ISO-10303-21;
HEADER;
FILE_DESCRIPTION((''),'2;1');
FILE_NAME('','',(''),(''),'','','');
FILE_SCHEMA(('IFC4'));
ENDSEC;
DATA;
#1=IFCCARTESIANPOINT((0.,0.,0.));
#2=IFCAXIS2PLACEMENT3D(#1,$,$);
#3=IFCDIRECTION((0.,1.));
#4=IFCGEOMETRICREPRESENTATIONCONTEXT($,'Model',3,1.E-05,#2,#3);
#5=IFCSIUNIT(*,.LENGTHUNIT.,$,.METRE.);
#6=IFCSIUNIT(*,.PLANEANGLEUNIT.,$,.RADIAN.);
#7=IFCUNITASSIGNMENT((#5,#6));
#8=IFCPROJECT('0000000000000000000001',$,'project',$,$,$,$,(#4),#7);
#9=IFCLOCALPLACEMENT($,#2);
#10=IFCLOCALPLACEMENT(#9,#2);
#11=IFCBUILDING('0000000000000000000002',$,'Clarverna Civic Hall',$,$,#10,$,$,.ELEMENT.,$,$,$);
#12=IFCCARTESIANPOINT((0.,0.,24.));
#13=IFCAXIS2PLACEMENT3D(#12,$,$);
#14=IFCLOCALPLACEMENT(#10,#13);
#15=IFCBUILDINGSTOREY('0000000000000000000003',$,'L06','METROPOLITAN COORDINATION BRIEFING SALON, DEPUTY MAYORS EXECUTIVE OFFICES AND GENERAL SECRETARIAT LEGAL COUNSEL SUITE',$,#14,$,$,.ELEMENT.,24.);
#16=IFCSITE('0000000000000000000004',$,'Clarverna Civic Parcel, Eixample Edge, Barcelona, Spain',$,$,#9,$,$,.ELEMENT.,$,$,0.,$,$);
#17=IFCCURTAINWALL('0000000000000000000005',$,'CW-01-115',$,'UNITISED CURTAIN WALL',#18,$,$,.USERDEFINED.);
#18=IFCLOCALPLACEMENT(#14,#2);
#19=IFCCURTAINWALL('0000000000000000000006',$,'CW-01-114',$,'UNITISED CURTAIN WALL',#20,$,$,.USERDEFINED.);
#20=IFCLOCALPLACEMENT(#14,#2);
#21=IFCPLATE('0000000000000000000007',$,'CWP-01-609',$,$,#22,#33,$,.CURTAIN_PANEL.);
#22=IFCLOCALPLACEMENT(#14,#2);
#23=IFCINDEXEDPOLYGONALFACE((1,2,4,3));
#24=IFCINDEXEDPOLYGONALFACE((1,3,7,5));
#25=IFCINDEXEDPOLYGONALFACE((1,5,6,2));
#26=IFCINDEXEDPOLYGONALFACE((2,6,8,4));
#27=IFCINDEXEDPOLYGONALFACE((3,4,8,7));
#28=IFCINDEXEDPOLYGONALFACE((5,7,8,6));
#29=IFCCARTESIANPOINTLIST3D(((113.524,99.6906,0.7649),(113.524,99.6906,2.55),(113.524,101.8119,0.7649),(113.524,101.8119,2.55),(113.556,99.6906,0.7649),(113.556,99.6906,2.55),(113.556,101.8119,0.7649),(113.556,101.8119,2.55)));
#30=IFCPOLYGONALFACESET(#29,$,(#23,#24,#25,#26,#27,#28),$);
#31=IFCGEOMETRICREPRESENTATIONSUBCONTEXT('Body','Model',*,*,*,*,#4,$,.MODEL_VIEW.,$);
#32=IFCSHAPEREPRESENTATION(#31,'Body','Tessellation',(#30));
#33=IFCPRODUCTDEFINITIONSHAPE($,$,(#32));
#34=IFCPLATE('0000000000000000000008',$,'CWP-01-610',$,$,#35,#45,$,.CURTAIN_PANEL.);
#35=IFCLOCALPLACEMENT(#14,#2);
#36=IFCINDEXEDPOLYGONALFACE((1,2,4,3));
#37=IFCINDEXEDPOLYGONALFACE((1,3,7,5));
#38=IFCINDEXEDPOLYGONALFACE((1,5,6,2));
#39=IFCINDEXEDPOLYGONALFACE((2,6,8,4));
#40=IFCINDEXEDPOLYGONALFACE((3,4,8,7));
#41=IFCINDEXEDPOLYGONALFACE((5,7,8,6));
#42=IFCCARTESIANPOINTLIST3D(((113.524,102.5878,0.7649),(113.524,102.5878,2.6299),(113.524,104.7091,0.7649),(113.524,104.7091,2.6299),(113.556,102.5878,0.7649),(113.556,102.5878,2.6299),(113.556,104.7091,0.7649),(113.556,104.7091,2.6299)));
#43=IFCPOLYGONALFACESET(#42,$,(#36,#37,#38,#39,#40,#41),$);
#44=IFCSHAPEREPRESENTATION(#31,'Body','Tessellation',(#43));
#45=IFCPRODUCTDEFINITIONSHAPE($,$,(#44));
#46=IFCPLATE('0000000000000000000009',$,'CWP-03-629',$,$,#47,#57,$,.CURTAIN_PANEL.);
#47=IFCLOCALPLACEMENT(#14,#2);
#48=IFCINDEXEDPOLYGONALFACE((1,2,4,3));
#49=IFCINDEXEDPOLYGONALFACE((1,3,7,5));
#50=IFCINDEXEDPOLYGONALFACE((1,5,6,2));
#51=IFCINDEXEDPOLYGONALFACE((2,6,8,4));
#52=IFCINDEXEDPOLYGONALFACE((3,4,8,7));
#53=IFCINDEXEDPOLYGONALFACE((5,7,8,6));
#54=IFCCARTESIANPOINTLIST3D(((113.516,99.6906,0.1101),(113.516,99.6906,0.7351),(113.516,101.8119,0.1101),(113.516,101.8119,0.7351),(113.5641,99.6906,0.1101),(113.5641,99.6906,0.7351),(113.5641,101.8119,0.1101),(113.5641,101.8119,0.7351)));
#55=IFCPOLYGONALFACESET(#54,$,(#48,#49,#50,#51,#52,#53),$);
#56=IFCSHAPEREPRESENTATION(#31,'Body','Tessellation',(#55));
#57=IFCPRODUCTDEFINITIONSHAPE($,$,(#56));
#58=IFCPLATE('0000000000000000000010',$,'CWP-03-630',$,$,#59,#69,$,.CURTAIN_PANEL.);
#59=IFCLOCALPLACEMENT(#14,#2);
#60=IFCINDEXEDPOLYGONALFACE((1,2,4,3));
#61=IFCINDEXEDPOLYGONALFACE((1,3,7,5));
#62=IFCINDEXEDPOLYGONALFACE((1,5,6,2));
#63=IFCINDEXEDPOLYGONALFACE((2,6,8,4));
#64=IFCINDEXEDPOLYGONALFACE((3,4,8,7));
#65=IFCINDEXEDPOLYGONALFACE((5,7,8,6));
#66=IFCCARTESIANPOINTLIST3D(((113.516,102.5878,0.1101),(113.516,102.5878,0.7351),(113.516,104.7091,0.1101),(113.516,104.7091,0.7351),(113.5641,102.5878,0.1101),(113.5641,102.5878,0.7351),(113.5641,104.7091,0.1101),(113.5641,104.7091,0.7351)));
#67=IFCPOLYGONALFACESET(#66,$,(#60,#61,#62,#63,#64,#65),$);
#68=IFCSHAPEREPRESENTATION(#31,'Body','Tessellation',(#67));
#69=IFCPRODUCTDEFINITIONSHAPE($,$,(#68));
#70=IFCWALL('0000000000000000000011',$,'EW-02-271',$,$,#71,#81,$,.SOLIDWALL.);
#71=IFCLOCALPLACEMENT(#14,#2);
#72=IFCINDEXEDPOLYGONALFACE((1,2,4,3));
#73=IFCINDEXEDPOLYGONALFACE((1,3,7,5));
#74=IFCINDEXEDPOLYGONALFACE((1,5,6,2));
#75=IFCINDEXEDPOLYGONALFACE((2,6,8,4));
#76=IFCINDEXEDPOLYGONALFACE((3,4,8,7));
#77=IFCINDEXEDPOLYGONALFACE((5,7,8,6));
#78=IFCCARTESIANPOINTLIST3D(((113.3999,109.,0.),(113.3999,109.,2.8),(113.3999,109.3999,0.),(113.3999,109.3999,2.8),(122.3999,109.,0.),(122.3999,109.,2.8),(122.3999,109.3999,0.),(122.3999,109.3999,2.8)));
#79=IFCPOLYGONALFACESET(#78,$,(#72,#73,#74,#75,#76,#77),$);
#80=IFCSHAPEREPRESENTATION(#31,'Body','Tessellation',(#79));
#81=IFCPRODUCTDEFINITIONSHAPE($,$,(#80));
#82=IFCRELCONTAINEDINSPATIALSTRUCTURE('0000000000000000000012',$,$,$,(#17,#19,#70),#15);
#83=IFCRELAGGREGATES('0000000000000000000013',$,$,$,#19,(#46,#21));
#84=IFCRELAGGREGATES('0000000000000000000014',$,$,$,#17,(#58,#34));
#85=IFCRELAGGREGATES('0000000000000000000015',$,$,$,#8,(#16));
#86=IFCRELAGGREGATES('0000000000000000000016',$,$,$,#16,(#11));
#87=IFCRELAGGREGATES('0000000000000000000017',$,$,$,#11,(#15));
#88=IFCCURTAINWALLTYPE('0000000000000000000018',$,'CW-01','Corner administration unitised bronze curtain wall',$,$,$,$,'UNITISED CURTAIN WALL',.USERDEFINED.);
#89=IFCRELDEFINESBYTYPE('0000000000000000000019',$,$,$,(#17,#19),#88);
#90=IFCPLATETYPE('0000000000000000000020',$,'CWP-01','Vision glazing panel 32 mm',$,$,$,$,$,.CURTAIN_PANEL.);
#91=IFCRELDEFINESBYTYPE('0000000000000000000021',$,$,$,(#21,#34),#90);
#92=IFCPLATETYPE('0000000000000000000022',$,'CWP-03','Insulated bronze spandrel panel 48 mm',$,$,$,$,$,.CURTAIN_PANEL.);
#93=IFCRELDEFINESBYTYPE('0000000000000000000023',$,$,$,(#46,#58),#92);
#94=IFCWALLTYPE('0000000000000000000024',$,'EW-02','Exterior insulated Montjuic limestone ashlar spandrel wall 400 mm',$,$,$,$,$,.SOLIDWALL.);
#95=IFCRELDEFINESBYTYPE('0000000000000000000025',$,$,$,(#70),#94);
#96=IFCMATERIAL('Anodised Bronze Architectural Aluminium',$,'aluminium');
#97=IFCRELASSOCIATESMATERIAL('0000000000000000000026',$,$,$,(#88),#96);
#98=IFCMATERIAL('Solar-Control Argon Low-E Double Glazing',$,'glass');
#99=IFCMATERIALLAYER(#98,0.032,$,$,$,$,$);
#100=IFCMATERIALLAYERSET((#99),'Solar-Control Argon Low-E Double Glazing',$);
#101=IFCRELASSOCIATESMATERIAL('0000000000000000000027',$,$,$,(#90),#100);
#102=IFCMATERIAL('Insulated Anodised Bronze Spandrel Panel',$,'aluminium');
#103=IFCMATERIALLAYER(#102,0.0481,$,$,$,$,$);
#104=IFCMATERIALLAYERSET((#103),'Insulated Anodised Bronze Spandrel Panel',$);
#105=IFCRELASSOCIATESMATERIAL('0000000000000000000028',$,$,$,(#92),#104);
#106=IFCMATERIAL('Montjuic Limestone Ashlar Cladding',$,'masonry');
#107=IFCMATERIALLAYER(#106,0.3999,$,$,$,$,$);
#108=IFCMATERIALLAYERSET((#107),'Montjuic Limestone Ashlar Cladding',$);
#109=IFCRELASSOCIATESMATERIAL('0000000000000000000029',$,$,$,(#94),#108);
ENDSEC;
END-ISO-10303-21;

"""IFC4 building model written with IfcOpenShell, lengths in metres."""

from ifc_helpers import new_model, si_unit, direction, frame, frame_2d, origin, place, context, subcontext, project, spatial, rectangle, extrude, material, layer, layer_set, type_object, element, aggregate, save


model = new_model("IFC4")

# Units and contexts
model_context = context("Model", 3, precision=1e-05, world=origin(), true_north=direction((0.0, 1.0)))
body_context = subcontext(model_context, "Body", "Model", "MODEL_VIEW")
ifc_project = project(units=[si_unit("LENGTHUNIT", "METRE"), si_unit("PLANEANGLEUNIT", "RADIAN")], contexts=[model_context])

# Site, building, storey
site_placement = place(None, origin())
site = spatial("IfcSite", under=ifc_project, at=site_placement, Name="Clarverna Civic Parcel, Eixample Edge, Barcelona, Spain", CompositionType="ELEMENT", RefElevation=0.0)
building_placement = place(site_placement, origin())
building = spatial("IfcBuilding", under=site, at=building_placement, Name="Clarverna Civic Hall", CompositionType="ELEMENT")
storey_placement = place(building_placement, frame((0.0, 0.0, 24.0)))
storey = spatial("IfcBuildingStorey", under=building, at=storey_placement, Name="L06", Description="METROPOLITAN COORDINATION BRIEFING SALON, DEPUTY MAYORS EXECUTIVE OFFICES AND GENERAL SECRETARIAT LEGAL COUNSEL SUITE", CompositionType="ELEMENT", Elevation=24.0)

# Curtain wall
ifc_material_1 = material(Name="Anodised Bronze Architectural Aluminium", Category="aluminium")
curtain_wall_type = type_object("IfcCurtainWallType", Name="CW-01", Description="Corner administration unitised bronze curtain wall", ElementType="UNITISED CURTAIN WALL", PredefinedType="USERDEFINED", material=ifc_material_1)
curtain_wall_1_placement = place(storey_placement, origin())
curtain_wall_1 = element("IfcCurtainWall", 1, at=curtain_wall_1_placement, inside=storey, type_object=curtain_wall_type, Name="CW-01-115", ObjectType="UNITISED CURTAIN WALL", PredefinedType="USERDEFINED")

# Curtain wall
curtain_wall_2_placement = place(storey_placement, origin())
curtain_wall_2 = element("IfcCurtainWall", 2, at=curtain_wall_2_placement, inside=storey, type_object=curtain_wall_type, Name="CW-01-114", ObjectType="UNITISED CURTAIN WALL", PredefinedType="USERDEFINED")

# Plates
ifc_material_2 = material(Name="Solar-Control Argon Low-E Double Glazing", Category="glass")
ifc_layer_1 = layer(ifc_material_2, 0.032)
ifc_layer_set_1 = layer_set([ifc_layer_1], Name="Solar-Control Argon Low-E Double Glazing")
plate_type_1 = type_object("IfcPlateType", Name="CWP-01", Description="Vision glazing panel 32 mm", PredefinedType="CURTAIN_PANEL", material=ifc_layer_set_1)
plate_1_placement = place(storey_placement, frame((113.54, 99.6907, 0.7649), z_axis=(0.0, 0.0, 1.0), x_axis=(0.0, 1.0, 0.0)))
plate_1 = element("IfcPlate", 3, at=plate_1_placement, type_object=plate_type_1, Name="CWP-01-609", PredefinedType="CURTAIN_PANEL", context=body_context, shape_type="SweptSolid", body=[
    extrude(rectangle(XDim=2.1213, YDim=0.032, at=frame_2d((1.0605, 0.0))), origin(), (0.0, 0.0, 1.0), 1.7852),
])
plate_2_placement = place(storey_placement, frame((113.54, 102.5879, 0.7649), z_axis=(0.0, 0.0, 1.0), x_axis=(0.0, 1.0, 0.0)))
plate_2 = element("IfcPlate", 4, at=plate_2_placement, type_object=plate_type_1, Name="CWP-01-610", PredefinedType="CURTAIN_PANEL", context=body_context, shape_type="SweptSolid", body=[
    extrude(rectangle(XDim=2.1213, YDim=0.032, at=frame_2d((1.0605, 0.0))), origin(), (0.0, 0.0, 1.0), 1.865),
])
ifc_material_3 = material(Name="Insulated Anodised Bronze Spandrel Panel", Category="aluminium")
ifc_layer_2 = layer(ifc_material_3, 0.0481)
ifc_layer_set_2 = layer_set([ifc_layer_2], Name="Insulated Anodised Bronze Spandrel Panel")
plate_type_2 = type_object("IfcPlateType", Name="CWP-03", Description="Insulated bronze spandrel panel 48 mm", PredefinedType="CURTAIN_PANEL", material=ifc_layer_set_2)
plate_3_placement = place(storey_placement, frame((113.54, 99.6907, 0.1101), z_axis=(0.0, 0.0, 1.0), x_axis=(0.0, 1.0, 0.0)))
plate_3 = element("IfcPlate", 5, at=plate_3_placement, type_object=plate_type_2, Name="CWP-03-629", PredefinedType="CURTAIN_PANEL", context=body_context, shape_type="SweptSolid", body=[
    extrude(rectangle(XDim=2.1213, YDim=0.0481, at=frame_2d((1.0605, 0.0))), origin(), (0.0, 0.0, 1.0), 0.625),
])
aggregate(curtain_wall_2, [plate_3, plate_1])
plate_4_placement = place(storey_placement, frame((113.54, 102.5879, 0.1101), z_axis=(0.0, 0.0, 1.0), x_axis=(0.0, 1.0, 0.0)))
plate_4 = element("IfcPlate", 6, at=plate_4_placement, type_object=plate_type_2, Name="CWP-03-630", PredefinedType="CURTAIN_PANEL", context=body_context, shape_type="SweptSolid", body=[
    extrude(rectangle(XDim=2.1213, YDim=0.0481, at=frame_2d((1.0605, 0.0))), origin(), (0.0, 0.0, 1.0), 0.625),
])
aggregate(curtain_wall_1, [plate_4, plate_2])

# Wall
ifc_material_4 = material(Name="Montjuic Limestone Ashlar Cladding", Category="masonry")
ifc_layer_3 = layer(ifc_material_4, 0.3999)
ifc_layer_set_3 = layer_set([ifc_layer_3], Name="Montjuic Limestone Ashlar Cladding")
wall_type = type_object("IfcWallType", Name="EW-02", Description="Exterior insulated Montjuic limestone ashlar spandrel wall 400 mm", PredefinedType="SOLIDWALL", material=ifc_layer_set_3)
wall_placement = place(storey_placement, frame((113.3999, 109.2, 0.0), z_axis=(0.0, 0.0, 1.0), x_axis=(1.0, 0.0, 0.0)))
element("IfcWall", 7, at=wall_placement, inside=storey, type_object=wall_type, Name="EW-02-271", PredefinedType="SOLIDWALL", context=body_context, shape_type="SweptSolid", body=[
    extrude(rectangle(XDim=9.0, YDim=0.3999, at=frame_2d((4.5, 0.0))), origin(), (0.0, 0.0, 1.0), 2.8),
])

save(model, "model.ifc")
